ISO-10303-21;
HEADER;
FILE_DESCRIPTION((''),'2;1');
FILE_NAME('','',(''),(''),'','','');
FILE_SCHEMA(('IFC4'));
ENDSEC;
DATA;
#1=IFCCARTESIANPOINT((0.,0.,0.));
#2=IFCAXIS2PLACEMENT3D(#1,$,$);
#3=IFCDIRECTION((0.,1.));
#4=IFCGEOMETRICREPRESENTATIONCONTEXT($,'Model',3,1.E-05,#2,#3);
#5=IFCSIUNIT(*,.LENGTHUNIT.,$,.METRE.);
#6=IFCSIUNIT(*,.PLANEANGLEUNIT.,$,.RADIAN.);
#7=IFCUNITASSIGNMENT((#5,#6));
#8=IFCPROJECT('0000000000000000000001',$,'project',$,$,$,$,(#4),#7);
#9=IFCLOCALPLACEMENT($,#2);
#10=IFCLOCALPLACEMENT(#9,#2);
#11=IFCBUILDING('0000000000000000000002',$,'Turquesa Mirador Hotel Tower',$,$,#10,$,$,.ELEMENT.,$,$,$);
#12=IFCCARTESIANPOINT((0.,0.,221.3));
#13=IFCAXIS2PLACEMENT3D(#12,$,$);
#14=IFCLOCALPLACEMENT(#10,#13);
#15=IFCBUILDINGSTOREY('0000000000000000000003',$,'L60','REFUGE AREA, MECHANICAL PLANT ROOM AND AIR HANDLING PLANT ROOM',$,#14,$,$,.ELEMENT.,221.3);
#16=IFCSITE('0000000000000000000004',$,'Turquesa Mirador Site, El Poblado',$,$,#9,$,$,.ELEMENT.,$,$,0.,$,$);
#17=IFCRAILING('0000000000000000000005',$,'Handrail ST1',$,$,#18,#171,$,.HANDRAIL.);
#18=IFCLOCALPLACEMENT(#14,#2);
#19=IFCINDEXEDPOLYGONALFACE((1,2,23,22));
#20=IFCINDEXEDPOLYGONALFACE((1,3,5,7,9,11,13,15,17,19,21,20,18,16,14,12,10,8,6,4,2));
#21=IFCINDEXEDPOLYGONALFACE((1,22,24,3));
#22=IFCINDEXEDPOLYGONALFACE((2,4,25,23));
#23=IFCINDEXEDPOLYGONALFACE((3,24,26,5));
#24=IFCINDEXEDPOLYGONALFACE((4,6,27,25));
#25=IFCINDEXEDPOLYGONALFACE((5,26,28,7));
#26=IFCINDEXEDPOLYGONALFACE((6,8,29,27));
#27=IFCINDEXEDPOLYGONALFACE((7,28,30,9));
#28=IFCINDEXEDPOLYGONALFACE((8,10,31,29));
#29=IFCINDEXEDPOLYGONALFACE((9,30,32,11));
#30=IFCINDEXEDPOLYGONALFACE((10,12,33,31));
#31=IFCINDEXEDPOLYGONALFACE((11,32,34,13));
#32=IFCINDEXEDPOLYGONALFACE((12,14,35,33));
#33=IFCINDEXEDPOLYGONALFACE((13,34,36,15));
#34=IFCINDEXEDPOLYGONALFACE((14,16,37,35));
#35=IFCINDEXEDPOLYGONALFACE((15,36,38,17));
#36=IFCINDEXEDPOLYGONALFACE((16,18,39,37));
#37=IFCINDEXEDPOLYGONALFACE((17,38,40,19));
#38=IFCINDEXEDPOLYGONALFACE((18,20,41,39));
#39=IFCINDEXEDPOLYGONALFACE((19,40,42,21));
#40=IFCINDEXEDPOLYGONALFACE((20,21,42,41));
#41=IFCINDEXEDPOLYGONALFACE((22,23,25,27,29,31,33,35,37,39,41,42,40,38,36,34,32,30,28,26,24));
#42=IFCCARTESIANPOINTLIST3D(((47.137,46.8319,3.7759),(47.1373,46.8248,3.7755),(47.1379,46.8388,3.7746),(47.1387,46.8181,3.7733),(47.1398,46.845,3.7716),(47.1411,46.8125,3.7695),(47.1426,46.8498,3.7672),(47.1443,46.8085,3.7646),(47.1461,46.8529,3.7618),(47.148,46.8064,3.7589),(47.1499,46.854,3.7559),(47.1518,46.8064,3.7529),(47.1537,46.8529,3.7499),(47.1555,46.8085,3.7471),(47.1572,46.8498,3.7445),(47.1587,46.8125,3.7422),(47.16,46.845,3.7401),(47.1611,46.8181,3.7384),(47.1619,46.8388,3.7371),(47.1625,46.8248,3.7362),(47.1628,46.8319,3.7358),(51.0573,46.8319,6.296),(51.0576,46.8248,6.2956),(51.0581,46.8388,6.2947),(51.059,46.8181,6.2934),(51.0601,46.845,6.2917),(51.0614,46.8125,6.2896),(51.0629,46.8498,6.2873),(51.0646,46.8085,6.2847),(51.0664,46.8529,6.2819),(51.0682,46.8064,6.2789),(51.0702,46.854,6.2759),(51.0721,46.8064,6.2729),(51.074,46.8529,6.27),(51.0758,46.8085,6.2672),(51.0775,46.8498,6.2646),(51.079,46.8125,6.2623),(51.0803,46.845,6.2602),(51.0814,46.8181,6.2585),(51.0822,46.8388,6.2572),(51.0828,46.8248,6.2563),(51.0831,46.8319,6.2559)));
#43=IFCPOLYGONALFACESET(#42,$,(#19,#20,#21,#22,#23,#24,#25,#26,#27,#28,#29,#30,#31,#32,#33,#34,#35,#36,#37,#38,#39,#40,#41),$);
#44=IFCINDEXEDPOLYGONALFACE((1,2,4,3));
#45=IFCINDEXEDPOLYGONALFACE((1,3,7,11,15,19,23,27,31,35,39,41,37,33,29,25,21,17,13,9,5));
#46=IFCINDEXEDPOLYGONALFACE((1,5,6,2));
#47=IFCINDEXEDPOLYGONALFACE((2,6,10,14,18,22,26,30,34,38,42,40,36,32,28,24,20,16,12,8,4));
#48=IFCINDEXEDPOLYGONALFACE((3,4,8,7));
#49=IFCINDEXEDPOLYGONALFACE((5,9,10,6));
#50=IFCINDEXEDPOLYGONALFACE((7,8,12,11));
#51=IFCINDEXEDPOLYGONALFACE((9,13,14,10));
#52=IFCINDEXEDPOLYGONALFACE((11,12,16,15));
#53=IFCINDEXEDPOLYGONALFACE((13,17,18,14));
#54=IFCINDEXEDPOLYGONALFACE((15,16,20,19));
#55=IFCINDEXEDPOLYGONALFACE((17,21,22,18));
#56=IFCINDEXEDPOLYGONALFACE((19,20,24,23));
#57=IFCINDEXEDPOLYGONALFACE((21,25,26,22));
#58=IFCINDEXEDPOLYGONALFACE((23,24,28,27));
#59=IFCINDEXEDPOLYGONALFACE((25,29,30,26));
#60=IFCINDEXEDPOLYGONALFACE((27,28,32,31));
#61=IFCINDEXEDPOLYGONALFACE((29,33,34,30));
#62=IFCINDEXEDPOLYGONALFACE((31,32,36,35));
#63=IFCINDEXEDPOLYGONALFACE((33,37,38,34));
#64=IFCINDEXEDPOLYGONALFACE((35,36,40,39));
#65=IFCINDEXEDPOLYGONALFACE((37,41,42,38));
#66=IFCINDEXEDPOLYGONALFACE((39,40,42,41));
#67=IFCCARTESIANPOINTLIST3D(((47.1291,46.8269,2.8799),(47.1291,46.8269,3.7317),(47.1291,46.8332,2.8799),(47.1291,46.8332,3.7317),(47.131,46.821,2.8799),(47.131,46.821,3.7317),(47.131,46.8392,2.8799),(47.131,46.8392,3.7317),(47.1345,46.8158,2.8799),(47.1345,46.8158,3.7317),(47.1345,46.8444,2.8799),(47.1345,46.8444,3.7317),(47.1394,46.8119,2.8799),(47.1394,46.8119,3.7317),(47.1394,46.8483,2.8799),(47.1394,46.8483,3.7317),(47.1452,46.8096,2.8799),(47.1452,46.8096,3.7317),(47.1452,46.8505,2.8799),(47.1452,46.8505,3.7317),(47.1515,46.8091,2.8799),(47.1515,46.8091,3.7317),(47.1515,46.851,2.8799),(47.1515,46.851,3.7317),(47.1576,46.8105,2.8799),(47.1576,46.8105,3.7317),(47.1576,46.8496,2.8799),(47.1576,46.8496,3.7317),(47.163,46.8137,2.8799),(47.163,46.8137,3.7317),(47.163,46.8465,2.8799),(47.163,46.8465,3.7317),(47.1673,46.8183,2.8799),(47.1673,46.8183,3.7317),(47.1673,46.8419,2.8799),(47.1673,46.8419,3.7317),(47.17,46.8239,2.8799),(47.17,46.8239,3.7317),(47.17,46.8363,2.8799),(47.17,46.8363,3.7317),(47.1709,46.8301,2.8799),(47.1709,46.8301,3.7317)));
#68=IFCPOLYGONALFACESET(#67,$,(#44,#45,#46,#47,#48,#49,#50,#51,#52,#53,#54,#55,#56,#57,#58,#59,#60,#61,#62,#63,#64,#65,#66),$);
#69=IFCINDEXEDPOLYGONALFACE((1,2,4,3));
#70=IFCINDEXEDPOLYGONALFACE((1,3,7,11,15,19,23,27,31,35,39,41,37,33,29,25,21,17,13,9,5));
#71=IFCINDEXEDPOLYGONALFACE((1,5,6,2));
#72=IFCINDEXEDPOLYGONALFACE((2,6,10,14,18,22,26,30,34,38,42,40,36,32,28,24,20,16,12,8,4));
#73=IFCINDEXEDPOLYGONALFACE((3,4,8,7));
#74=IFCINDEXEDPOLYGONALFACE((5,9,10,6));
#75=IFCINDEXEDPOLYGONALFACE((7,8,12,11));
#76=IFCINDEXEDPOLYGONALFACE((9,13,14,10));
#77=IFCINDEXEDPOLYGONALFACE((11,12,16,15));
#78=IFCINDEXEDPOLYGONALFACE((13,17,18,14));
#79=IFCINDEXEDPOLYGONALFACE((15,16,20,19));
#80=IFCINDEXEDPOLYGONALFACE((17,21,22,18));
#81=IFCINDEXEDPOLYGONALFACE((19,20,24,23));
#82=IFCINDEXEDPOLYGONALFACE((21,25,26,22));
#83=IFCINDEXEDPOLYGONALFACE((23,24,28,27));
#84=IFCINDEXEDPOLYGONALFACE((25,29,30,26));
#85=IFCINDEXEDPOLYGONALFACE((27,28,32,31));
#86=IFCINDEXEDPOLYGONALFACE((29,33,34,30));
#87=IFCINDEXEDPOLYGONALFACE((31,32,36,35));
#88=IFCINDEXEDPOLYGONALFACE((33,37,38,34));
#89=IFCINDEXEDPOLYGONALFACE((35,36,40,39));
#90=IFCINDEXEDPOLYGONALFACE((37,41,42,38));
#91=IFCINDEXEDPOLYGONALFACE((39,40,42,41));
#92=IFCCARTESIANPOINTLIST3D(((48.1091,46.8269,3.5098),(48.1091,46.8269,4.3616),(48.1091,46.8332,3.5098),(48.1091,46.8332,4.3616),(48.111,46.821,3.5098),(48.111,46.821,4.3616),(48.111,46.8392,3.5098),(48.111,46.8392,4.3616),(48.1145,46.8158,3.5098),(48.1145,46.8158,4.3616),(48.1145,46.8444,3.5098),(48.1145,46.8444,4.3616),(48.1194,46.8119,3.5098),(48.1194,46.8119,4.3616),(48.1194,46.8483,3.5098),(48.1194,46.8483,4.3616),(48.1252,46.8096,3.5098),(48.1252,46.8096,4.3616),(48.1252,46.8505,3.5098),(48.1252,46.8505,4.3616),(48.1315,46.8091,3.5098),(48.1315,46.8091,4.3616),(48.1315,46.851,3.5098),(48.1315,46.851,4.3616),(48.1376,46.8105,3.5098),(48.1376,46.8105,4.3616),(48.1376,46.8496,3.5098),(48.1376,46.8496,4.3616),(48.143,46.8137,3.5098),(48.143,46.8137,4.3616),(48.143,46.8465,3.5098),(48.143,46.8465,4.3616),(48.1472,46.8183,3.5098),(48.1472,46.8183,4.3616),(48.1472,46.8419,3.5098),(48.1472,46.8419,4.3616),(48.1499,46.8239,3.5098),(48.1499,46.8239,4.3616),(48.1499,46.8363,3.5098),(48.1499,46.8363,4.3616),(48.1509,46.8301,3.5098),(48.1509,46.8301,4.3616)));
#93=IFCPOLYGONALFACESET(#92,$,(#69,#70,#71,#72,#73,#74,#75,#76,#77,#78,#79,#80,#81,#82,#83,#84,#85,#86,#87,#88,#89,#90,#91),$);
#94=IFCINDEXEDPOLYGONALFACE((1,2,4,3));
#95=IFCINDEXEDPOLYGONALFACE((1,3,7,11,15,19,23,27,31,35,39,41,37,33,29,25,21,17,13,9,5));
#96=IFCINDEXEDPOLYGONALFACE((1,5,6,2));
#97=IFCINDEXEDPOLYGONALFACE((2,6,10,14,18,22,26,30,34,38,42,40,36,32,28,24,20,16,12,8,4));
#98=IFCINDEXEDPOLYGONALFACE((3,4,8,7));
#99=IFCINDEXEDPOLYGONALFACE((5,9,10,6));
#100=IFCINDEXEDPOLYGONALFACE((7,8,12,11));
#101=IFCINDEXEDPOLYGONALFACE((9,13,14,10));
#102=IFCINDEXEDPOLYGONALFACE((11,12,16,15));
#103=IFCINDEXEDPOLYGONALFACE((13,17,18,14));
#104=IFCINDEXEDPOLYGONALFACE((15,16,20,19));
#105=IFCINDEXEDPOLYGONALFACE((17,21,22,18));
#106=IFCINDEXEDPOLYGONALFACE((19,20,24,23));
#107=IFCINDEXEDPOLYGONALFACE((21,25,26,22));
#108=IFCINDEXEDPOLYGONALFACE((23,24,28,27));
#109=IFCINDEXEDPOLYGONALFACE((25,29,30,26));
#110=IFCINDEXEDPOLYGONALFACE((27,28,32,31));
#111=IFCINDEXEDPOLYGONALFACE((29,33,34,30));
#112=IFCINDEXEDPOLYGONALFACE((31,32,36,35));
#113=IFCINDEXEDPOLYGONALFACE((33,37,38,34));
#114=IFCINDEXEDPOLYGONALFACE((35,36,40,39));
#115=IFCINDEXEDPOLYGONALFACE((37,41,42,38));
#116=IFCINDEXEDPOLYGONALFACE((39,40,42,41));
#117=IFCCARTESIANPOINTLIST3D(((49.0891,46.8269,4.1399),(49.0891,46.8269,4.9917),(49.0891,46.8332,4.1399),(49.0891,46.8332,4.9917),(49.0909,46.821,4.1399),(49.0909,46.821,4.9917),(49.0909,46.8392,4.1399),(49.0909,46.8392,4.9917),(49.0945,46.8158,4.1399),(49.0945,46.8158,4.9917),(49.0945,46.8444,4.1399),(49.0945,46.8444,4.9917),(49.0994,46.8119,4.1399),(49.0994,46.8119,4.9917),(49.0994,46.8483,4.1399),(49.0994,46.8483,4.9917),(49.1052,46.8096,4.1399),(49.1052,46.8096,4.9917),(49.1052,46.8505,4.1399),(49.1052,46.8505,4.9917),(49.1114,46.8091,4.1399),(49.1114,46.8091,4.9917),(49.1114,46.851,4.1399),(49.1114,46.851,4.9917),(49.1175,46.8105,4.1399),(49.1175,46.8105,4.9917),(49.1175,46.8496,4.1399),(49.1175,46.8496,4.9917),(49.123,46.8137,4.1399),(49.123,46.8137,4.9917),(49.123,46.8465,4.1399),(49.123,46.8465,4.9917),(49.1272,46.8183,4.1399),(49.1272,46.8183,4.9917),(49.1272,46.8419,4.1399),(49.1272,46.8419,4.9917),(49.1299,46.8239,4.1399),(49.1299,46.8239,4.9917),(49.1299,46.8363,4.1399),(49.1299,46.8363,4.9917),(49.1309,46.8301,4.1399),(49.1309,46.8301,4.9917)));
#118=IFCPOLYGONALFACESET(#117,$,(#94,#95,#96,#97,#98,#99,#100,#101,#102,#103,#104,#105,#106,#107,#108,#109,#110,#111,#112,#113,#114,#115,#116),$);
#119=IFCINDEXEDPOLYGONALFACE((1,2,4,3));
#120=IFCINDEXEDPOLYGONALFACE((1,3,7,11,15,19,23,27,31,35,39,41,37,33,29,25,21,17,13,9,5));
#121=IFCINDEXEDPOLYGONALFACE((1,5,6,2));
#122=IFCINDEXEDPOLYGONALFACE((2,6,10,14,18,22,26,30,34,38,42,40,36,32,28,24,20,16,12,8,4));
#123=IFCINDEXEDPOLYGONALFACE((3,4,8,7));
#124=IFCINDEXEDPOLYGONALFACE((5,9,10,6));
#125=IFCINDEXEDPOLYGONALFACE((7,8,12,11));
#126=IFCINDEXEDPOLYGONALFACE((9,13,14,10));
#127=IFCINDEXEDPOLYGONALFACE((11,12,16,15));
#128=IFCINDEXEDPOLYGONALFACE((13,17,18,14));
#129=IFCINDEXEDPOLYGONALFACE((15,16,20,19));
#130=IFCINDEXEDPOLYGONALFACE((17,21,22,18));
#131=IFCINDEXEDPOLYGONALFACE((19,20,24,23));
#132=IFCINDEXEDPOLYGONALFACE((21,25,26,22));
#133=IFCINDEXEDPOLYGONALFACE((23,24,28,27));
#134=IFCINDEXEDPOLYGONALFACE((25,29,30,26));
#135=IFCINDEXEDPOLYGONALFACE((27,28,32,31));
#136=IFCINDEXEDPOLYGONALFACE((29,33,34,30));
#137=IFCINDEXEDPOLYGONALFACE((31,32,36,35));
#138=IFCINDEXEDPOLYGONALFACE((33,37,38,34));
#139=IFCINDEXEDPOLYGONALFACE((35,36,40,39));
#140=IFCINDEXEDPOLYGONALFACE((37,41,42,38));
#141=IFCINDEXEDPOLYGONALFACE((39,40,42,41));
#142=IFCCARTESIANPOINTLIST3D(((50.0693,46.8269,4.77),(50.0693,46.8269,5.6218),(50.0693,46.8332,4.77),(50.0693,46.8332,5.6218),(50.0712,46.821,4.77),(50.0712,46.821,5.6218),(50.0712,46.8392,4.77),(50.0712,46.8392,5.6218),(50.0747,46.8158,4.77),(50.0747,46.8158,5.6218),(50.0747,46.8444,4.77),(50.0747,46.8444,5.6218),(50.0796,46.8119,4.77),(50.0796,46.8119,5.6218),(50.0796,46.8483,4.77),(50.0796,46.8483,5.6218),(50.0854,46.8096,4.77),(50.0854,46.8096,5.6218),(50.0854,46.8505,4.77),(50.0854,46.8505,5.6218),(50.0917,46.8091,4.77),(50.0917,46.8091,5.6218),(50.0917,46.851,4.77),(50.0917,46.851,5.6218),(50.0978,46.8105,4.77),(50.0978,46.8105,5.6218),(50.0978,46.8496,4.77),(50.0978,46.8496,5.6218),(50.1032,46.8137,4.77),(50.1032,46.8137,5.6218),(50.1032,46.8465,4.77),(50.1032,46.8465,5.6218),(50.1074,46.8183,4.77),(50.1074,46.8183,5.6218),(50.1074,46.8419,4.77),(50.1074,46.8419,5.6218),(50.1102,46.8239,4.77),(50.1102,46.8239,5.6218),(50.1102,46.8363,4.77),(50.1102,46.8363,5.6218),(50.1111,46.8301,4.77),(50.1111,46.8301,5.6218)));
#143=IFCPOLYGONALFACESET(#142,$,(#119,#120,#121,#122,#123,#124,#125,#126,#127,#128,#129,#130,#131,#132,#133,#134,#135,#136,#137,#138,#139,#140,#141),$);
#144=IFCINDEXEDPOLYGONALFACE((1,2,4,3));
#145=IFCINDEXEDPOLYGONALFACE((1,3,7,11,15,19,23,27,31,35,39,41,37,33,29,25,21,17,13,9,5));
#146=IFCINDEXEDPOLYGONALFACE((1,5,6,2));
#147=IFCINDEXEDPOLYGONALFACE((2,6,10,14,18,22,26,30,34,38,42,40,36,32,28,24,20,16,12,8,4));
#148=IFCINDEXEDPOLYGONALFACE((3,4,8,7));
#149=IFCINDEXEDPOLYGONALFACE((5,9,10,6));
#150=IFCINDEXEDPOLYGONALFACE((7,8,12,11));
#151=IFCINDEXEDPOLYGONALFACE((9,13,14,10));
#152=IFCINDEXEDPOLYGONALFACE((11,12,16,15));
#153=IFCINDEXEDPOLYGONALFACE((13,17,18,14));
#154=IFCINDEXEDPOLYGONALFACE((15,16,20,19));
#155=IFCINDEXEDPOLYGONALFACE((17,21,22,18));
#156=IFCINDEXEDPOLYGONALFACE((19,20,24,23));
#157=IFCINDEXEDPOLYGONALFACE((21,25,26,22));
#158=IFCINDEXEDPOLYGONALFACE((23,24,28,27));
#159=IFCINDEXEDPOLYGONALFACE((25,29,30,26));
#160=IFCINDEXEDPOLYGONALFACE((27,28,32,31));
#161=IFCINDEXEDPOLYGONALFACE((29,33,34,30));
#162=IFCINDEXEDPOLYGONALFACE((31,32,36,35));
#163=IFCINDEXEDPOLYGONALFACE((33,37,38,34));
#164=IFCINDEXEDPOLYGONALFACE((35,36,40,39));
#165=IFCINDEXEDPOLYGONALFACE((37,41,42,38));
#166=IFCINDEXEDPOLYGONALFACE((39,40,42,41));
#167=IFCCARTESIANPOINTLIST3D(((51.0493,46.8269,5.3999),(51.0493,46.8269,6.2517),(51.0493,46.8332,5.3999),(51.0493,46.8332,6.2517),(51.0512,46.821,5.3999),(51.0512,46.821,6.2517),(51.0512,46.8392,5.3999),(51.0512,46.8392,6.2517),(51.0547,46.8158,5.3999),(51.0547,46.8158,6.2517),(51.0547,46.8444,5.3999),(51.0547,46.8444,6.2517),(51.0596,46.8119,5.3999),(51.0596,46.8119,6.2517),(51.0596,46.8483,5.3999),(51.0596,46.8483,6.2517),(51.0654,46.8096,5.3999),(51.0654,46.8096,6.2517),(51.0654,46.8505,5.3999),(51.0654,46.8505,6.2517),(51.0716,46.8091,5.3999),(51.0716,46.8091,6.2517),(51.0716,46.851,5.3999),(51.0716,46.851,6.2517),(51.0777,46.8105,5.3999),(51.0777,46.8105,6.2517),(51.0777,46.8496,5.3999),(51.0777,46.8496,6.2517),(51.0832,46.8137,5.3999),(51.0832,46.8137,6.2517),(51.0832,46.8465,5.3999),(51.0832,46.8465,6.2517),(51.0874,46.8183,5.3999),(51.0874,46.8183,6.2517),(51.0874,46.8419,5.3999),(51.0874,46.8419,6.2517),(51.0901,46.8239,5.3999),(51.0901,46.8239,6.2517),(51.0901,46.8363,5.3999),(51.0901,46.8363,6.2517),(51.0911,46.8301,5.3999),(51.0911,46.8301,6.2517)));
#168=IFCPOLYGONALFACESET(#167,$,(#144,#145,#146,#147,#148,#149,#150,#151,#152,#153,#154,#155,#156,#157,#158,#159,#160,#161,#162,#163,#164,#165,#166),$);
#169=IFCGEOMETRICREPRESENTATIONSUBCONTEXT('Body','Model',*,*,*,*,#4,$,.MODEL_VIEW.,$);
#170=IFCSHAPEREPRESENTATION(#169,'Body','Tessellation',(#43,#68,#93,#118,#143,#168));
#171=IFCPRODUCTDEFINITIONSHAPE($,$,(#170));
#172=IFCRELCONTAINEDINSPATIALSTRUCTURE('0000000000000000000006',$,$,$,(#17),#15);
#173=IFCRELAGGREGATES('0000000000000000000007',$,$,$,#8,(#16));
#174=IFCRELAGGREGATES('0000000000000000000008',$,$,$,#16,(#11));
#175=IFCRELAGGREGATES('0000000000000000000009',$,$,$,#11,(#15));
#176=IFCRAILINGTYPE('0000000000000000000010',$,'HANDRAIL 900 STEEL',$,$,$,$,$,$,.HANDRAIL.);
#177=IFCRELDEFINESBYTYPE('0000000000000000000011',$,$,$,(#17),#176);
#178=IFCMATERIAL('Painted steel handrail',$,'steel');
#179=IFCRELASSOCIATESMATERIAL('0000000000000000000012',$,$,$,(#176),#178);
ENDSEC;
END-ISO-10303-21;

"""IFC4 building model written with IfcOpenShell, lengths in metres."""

from ifc_helpers import new_model, si_unit, direction, frame, origin, origin_2d, place, context, subcontext, project, spatial, circle, extrude, material, type_object, element, save


model = new_model("IFC4")

# Units and contexts
model_context = context("Model", 3, precision=1e-05, world=origin(), true_north=direction((0.0, 1.0)))
body_context = subcontext(model_context, "Body", "Model", "MODEL_VIEW")
ifc_project = project(units=[si_unit("LENGTHUNIT", "METRE"), si_unit("PLANEANGLEUNIT", "RADIAN")], contexts=[model_context])

# Site, building, storey
site_placement = place(None, origin())
site = spatial("IfcSite", under=ifc_project, at=site_placement, Name="Turquesa Mirador Site, El Poblado", CompositionType="ELEMENT", RefElevation=0.0)
building_placement = place(site_placement, origin())
building = spatial("IfcBuilding", under=site, at=building_placement, Name="Turquesa Mirador Hotel Tower", CompositionType="ELEMENT")
storey_placement = place(building_placement, frame((0.0, 0.0, 221.3)))
storey = spatial("IfcBuildingStorey", under=building, at=storey_placement, Name="L60", Description="REFUGE AREA, MECHANICAL PLANT ROOM AND AIR HANDLING PLANT ROOM", CompositionType="ELEMENT", Elevation=221.3)

# Railing
ifc_material_1 = material(Name="Painted steel handrail", Category="steel")
railing_type = type_object("IfcRailingType", Name="HANDRAIL 900 STEEL", PredefinedType="HANDRAIL", material=ifc_material_1)
for number, where, name in (
    (1, (47.1499, 46.8301, 2.8799), "Handrail ST1"),
):
    element("IfcRailing", number, at=place(storey_placement, frame(where)), inside=storey, type_object=railing_type, Name=name, PredefinedType="HANDRAIL", context=body_context, shape_type="SweptSolid", body=[
        extrude(circle(Radius=0.0239, at=origin_2d()), frame((0.0, 0.0, 0.876), z_axis=(0.841187, 0.0, 0.540744), x_axis=(0.0, 1.0, 0.0)), (0.0, 0.0, 1.0), 4.6604),
        extrude(circle(Radius=0.021, at=origin_2d()), origin(), (0.0, 0.0, 1.0), 0.8518),
        extrude(circle(Radius=0.021, at=origin_2d()), frame((0.98, 0.0, 0.6299)), (0.0, 0.0, 1.0), 0.8518),
        extrude(circle(Radius=0.021, at=origin_2d()), frame((1.96, 0.0, 1.26)), (0.0, 0.0, 1.0), 0.8518),
        extrude(circle(Radius=0.021, at=origin_2d()), frame((2.9402, 0.0, 1.8901)), (0.0, 0.0, 1.0), 0.8518),
        extrude(circle(Radius=0.021, at=origin_2d()), frame((3.9202, 0.0, 2.52)), (0.0, 0.0, 1.0), 0.8518),
    ])

save(model, "model.ifc")
